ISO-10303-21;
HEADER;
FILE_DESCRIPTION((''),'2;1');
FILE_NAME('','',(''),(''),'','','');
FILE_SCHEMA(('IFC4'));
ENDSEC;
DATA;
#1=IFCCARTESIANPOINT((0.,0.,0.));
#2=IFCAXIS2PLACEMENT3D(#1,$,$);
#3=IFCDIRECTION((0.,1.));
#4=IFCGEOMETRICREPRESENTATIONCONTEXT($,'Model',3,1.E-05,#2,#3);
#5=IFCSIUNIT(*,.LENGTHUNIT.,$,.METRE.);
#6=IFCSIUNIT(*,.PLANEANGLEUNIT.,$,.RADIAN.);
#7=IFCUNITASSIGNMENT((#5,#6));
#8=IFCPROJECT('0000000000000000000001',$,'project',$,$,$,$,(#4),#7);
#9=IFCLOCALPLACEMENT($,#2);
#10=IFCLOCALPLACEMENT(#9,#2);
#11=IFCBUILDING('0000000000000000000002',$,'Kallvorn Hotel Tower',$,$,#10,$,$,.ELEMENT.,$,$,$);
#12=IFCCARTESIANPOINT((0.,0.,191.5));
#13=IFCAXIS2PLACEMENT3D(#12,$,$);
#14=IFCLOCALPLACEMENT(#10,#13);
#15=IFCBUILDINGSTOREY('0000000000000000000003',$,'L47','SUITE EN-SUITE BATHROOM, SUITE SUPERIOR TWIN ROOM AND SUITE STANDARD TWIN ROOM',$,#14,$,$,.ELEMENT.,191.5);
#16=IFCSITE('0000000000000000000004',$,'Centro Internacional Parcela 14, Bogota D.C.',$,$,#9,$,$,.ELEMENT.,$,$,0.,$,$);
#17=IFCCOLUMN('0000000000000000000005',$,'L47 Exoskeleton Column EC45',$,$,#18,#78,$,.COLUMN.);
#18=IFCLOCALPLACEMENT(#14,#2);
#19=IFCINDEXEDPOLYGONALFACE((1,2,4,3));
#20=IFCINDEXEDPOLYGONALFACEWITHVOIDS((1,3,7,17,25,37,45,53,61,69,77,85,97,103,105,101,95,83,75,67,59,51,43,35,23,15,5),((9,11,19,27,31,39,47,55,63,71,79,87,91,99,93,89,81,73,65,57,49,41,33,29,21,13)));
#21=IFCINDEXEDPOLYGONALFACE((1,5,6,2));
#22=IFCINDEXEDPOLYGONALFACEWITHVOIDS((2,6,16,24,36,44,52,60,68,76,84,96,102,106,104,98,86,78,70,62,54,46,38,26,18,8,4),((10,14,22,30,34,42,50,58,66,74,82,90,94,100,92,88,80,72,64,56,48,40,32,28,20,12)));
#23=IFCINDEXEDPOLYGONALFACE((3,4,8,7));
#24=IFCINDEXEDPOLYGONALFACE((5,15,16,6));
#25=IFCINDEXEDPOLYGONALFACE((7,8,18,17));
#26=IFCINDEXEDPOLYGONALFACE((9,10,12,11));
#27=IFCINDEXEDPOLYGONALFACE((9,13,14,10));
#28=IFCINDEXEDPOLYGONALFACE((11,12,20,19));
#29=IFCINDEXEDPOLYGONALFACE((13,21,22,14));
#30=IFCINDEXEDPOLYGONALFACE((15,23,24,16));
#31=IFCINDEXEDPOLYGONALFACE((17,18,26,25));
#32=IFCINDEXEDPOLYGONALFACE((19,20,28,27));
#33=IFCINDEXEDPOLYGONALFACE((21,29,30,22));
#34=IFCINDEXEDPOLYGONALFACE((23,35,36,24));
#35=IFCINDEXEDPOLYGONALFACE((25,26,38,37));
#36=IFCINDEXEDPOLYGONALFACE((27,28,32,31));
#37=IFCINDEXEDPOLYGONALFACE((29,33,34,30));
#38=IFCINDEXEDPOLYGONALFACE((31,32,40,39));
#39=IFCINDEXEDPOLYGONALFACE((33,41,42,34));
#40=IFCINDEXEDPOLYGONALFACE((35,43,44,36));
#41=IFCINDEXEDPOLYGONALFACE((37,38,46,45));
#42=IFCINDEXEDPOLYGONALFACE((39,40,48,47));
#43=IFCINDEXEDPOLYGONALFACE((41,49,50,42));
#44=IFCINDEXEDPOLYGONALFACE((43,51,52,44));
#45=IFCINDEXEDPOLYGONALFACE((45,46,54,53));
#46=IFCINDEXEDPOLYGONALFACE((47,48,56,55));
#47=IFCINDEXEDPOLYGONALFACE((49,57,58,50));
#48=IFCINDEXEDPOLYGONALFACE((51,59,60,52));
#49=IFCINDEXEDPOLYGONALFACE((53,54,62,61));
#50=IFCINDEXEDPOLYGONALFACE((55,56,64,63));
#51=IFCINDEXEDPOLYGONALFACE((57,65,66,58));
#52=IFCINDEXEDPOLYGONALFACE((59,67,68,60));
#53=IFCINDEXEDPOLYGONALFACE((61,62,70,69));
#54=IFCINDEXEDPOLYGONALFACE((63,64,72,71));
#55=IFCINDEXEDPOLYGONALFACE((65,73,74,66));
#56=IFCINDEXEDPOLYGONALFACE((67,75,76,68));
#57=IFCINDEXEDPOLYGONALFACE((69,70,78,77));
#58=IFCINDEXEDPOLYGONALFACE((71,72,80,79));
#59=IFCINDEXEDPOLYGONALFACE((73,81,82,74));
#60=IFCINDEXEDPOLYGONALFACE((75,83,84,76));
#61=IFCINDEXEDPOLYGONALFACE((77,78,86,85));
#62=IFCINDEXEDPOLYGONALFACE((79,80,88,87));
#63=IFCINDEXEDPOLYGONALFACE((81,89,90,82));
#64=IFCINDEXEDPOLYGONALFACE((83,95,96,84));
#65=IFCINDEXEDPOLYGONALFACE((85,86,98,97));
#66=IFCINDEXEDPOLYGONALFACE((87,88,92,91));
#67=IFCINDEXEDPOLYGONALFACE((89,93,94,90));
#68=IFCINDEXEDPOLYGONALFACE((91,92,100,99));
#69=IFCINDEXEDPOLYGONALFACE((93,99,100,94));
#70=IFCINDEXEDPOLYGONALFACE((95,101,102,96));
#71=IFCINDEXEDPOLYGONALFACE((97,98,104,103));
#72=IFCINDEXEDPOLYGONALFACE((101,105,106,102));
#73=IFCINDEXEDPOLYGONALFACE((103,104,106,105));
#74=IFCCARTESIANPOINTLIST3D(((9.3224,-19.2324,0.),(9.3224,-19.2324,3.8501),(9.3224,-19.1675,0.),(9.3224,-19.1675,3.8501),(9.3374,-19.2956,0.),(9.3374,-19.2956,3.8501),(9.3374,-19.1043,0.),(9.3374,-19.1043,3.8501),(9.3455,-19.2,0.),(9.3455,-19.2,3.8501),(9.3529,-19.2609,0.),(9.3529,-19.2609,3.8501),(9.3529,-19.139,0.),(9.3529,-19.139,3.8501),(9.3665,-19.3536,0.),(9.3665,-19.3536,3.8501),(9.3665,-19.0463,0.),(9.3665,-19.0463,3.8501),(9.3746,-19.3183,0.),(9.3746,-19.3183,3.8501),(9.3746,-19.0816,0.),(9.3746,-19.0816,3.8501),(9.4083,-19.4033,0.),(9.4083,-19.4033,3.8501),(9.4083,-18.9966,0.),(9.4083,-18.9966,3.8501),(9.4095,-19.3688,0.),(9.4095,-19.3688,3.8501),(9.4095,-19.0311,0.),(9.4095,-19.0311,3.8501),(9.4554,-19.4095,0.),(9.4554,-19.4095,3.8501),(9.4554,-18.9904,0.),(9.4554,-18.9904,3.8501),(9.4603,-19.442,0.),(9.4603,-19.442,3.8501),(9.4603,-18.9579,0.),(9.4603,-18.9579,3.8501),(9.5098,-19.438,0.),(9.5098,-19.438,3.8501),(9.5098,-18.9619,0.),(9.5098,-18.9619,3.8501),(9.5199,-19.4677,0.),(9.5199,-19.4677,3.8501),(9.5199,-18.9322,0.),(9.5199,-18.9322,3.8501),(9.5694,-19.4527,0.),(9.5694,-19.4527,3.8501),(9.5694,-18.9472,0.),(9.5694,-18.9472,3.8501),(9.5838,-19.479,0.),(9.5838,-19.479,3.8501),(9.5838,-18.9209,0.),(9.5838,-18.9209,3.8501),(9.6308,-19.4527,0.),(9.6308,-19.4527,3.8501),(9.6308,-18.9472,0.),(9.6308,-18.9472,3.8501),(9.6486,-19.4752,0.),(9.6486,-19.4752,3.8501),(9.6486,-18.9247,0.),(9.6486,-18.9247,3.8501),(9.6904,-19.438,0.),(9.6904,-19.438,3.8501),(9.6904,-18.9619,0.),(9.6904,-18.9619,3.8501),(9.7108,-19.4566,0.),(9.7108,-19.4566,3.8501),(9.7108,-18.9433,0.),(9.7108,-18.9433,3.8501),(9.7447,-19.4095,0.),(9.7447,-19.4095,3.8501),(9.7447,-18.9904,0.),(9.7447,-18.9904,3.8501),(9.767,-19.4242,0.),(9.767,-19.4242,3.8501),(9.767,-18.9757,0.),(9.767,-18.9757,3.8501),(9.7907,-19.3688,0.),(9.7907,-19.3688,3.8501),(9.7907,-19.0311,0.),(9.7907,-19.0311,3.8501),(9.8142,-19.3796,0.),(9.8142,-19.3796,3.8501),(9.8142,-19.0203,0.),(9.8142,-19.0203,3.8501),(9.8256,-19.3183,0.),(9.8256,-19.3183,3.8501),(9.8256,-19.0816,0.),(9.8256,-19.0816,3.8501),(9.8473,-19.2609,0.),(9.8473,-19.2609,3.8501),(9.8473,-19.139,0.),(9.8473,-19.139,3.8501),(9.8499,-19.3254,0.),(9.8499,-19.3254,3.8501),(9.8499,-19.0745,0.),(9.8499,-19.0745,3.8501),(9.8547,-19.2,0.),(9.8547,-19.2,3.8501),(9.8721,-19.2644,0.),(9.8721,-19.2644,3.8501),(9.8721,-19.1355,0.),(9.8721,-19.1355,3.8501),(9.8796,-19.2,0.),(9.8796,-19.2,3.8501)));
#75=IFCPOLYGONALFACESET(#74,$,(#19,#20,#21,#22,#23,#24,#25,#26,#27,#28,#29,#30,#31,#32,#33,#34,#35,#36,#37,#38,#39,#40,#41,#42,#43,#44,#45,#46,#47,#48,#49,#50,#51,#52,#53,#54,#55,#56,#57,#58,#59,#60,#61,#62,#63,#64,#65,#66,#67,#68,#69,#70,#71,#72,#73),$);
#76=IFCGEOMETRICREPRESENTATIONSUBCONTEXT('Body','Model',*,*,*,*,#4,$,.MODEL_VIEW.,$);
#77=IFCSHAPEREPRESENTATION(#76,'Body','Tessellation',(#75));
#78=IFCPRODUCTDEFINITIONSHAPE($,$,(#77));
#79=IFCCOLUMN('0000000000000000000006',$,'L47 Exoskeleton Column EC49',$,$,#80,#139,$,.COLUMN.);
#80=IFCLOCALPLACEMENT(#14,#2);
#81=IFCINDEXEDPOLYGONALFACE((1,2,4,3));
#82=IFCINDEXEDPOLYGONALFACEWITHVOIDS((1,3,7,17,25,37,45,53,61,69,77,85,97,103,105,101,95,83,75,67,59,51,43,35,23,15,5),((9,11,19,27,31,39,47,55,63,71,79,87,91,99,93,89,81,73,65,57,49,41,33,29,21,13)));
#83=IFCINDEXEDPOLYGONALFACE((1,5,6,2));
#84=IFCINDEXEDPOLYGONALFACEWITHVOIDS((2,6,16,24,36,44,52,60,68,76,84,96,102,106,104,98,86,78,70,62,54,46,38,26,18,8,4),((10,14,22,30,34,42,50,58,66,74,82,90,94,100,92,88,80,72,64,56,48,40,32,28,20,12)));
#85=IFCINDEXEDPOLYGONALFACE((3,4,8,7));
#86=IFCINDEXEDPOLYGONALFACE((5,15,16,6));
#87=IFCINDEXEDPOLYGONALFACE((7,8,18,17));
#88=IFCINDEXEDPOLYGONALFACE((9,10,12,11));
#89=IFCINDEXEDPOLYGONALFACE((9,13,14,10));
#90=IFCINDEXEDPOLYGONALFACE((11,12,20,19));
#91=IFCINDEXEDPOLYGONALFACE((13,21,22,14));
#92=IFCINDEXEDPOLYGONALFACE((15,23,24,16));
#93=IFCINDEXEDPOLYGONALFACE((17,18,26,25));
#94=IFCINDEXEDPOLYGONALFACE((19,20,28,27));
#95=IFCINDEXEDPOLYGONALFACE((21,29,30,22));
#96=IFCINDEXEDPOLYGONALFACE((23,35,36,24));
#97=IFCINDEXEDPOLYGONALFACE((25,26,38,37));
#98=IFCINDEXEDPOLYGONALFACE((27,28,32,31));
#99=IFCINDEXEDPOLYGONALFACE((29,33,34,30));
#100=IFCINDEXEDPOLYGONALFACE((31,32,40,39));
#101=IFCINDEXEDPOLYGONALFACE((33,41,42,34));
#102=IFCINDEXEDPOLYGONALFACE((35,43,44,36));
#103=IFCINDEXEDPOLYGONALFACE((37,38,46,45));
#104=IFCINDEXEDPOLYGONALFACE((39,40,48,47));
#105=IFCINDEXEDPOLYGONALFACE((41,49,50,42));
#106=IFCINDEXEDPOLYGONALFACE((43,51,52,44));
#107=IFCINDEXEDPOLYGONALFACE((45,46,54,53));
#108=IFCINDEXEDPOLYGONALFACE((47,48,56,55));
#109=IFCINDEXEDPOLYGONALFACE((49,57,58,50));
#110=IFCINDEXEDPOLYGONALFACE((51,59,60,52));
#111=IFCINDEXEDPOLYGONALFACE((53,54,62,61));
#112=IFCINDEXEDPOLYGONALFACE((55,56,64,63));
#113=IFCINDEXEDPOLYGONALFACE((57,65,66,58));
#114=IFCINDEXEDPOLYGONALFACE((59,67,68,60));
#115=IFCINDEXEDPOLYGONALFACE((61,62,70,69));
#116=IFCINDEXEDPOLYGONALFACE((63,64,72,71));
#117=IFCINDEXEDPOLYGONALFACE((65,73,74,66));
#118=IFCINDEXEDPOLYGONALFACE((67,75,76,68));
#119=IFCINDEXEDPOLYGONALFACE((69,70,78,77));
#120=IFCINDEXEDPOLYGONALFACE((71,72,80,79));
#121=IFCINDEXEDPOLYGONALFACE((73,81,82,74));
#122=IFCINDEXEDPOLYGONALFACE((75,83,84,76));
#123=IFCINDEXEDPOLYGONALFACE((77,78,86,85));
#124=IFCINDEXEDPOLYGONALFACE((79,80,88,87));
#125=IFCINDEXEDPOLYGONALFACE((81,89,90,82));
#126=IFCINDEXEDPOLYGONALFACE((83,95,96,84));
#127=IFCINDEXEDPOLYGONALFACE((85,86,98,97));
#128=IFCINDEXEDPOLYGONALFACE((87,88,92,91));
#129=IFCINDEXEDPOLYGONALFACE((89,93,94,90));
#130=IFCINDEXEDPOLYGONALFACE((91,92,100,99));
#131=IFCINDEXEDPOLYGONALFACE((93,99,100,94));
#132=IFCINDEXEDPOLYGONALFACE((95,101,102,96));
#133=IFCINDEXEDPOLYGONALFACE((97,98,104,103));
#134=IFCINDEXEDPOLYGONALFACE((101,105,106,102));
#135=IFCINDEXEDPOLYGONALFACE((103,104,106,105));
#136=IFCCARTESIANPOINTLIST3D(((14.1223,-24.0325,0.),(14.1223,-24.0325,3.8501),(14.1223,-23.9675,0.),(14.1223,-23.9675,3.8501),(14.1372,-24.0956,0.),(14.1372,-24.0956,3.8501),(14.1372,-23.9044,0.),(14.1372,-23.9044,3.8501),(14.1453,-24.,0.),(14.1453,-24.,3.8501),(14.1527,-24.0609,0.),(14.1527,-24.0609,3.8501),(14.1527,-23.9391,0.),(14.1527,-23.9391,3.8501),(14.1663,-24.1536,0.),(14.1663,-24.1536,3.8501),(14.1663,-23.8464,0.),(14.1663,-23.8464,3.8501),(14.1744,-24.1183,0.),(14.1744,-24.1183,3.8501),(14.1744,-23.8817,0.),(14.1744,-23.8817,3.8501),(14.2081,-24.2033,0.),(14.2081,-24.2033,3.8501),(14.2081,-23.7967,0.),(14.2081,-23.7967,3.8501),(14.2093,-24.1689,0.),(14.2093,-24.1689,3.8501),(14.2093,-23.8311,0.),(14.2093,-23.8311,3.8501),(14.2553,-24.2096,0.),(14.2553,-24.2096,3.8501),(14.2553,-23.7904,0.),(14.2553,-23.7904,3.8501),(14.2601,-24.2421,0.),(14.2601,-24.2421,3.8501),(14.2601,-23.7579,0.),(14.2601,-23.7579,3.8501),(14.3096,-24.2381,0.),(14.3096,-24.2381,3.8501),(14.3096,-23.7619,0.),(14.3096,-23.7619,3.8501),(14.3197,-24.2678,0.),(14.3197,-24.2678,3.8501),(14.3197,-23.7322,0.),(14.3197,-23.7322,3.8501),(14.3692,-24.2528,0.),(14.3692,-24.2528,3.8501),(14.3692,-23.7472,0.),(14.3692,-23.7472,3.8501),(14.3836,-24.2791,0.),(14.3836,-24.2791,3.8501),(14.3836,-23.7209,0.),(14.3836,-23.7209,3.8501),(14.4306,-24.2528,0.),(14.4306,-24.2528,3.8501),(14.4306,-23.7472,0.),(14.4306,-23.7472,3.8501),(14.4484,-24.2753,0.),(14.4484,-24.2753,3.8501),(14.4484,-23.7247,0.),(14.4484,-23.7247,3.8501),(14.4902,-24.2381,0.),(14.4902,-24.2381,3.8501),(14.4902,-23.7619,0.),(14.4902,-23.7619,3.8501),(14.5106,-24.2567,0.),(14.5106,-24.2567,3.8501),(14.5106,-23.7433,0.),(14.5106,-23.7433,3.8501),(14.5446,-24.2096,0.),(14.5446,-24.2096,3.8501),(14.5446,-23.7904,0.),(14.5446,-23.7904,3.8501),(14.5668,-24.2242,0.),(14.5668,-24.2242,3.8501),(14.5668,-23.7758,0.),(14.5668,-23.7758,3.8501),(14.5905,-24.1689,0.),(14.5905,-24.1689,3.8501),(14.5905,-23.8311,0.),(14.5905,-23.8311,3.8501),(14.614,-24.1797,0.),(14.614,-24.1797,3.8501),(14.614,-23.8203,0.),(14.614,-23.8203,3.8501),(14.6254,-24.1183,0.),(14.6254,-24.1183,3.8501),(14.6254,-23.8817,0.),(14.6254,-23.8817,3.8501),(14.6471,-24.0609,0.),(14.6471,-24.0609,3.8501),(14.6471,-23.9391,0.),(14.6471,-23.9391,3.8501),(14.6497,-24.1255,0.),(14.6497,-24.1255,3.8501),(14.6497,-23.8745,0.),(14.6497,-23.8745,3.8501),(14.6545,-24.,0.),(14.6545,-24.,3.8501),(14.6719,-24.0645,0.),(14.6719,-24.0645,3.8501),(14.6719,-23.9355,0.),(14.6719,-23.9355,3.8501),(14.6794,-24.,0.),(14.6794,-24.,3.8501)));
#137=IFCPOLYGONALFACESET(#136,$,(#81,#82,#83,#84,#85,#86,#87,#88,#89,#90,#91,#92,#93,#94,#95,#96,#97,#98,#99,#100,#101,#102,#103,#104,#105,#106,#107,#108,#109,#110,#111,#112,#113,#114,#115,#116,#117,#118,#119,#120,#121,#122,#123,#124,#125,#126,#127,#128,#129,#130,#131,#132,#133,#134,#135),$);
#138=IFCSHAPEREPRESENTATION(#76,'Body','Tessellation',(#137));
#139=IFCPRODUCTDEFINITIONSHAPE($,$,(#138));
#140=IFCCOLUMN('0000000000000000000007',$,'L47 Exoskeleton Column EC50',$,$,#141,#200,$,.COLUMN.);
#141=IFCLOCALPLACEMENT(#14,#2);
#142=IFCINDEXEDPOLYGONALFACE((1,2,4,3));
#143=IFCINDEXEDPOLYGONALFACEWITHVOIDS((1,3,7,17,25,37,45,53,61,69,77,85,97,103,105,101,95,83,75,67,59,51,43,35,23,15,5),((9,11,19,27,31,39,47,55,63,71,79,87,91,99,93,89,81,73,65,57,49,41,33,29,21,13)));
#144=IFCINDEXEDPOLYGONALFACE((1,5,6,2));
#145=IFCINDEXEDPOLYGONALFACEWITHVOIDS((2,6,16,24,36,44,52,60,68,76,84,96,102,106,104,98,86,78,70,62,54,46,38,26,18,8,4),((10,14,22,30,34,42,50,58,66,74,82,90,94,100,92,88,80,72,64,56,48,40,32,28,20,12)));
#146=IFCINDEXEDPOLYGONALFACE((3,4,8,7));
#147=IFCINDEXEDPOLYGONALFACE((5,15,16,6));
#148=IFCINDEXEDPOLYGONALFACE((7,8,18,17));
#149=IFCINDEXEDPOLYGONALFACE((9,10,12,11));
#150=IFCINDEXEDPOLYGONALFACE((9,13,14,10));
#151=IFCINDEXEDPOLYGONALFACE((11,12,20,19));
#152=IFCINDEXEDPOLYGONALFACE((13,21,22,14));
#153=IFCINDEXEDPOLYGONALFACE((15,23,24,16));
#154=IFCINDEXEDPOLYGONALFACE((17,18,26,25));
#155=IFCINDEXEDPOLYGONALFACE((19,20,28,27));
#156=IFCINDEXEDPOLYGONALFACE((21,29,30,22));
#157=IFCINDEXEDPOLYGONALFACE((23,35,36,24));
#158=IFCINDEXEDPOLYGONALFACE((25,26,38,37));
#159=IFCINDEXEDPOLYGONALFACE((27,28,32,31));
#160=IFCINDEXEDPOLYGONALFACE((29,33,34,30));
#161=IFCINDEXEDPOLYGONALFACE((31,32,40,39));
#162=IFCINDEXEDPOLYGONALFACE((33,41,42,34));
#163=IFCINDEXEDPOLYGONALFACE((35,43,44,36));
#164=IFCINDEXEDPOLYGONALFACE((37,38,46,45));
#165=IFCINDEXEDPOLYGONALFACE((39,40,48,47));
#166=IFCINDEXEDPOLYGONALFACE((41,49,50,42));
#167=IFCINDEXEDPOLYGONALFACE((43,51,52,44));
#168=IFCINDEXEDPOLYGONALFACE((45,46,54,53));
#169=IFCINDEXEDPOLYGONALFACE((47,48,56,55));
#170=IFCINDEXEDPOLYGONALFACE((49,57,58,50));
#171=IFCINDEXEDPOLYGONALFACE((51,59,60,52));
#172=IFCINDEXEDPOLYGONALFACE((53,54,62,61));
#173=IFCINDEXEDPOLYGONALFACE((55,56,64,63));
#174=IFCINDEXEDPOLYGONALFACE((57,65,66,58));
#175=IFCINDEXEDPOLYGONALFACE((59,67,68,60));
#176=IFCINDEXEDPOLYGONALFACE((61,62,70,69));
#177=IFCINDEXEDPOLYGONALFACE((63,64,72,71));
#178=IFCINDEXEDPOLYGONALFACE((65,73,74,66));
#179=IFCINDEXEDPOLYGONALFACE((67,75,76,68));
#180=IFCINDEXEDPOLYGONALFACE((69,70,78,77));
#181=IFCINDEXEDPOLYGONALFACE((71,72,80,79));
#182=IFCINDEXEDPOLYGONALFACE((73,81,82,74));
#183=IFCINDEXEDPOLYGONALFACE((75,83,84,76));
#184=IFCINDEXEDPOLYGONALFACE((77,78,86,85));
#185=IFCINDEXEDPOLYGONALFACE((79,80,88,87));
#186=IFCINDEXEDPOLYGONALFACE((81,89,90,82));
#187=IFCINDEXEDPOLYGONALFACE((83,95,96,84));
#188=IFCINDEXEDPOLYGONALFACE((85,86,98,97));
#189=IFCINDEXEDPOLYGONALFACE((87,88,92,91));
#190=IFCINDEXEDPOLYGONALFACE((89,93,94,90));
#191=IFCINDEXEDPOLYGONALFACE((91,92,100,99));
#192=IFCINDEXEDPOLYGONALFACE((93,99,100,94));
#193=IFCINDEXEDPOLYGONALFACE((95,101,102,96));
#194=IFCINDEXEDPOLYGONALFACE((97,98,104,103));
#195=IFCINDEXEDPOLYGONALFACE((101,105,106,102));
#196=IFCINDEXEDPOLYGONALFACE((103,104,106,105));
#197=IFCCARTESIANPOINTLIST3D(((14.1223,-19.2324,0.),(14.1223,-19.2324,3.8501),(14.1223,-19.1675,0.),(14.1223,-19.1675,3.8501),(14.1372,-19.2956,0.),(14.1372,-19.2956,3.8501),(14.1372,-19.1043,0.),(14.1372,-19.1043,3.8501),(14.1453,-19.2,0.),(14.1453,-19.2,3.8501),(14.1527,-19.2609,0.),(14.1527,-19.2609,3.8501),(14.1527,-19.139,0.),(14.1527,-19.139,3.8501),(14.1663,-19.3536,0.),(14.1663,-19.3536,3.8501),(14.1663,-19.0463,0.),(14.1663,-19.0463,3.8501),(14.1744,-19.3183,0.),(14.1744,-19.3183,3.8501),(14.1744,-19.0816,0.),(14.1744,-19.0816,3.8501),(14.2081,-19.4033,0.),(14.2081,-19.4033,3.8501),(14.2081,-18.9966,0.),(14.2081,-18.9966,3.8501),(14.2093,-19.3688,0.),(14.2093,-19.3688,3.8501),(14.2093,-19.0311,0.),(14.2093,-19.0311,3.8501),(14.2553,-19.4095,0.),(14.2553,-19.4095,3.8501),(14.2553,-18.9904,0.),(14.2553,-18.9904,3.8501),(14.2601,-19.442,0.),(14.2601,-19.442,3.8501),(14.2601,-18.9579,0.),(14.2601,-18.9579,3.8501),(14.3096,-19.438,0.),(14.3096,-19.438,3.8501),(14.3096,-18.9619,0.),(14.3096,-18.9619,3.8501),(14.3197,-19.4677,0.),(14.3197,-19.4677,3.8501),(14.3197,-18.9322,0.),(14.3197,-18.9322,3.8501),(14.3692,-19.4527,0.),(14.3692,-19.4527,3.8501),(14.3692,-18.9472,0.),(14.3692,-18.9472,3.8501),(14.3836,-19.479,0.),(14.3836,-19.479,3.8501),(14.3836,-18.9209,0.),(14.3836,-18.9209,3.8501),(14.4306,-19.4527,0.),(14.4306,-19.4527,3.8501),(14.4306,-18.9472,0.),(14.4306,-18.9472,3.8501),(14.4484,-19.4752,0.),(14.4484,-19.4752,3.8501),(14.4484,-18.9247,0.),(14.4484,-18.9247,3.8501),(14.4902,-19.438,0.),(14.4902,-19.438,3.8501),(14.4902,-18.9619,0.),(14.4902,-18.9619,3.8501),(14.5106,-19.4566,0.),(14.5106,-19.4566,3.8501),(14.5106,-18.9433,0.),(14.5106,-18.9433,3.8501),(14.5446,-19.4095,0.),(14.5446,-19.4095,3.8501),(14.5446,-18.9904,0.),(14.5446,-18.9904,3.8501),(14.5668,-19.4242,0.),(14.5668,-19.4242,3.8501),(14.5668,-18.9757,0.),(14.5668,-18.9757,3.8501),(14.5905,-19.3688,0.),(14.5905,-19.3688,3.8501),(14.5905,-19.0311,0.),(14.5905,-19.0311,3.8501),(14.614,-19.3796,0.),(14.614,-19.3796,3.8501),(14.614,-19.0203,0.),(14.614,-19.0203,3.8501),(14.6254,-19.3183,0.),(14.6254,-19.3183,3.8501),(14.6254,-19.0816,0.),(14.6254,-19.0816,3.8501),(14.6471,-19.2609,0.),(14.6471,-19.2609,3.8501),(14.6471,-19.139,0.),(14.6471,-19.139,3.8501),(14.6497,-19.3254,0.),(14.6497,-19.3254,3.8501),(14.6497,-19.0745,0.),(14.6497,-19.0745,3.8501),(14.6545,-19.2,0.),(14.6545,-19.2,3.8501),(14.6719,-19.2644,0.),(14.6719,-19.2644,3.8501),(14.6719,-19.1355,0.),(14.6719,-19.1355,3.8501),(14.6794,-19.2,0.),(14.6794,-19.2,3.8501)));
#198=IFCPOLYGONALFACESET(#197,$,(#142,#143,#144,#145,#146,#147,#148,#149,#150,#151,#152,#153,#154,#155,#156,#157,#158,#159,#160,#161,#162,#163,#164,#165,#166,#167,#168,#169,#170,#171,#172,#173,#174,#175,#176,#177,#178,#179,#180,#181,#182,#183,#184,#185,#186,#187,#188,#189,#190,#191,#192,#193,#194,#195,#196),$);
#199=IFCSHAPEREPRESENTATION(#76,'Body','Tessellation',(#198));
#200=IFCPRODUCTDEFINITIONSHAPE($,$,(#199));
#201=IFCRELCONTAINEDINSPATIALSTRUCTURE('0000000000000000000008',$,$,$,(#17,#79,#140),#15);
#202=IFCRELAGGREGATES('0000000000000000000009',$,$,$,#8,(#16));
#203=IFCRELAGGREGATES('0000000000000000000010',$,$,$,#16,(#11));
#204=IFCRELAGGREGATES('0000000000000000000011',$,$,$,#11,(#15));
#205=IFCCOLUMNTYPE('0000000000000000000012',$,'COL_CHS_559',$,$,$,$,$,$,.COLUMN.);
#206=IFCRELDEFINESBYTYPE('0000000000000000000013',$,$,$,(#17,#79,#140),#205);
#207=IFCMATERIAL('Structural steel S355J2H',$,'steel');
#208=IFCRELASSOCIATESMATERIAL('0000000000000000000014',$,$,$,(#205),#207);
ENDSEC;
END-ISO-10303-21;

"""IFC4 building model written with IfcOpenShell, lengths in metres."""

from ifc_helpers import new_model, si_unit, direction, frame, origin, origin_2d, place, context, subcontext, project, spatial, hollow_circle, extrude, material, material_profile, profile_set, type_object, element, save


model = new_model("IFC4")

# Units and contexts
model_context = context("Model", 3, precision=1e-05, world=origin(), true_north=direction((0.0, 1.0)))
body_context = subcontext(model_context, "Body", "Model", "MODEL_VIEW")
ifc_project = project(units=[si_unit("LENGTHUNIT", "METRE"), si_unit("PLANEANGLEUNIT", "RADIAN")], contexts=[model_context])

# Site, building, storey
site_placement = place(None, origin())
site = spatial("IfcSite", under=ifc_project, at=site_placement, Name="Centro Internacional Parcela 14, Bogota D.C.", CompositionType="ELEMENT", RefElevation=0.0)
building_placement = place(site_placement, origin())
building = spatial("IfcBuilding", under=site, at=building_placement, Name="Kallvorn Hotel Tower", CompositionType="ELEMENT")
storey_placement = place(building_placement, frame((0.0, 0.0, 191.5)))
storey = spatial("IfcBuildingStorey", under=building, at=storey_placement, Name="L47", Description="SUITE EN-SUITE BATHROOM, SUITE SUPERIOR TWIN ROOM AND SUITE STANDARD TWIN ROOM", CompositionType="ELEMENT", Elevation=191.5)

# Columns
ifc_material_1 = material(Name="Structural steel S355J2H", Category="steel")
ifc_material_profile_1 = material_profile(ifc_material_1, hollow_circle(Radius=0.2795, WallThickness=0.0249, at=origin_2d()), Name="CHS 559x25")
ifc_profile_set_1 = profile_set([ifc_material_profile_1], Name="Structural steel S355J2H")
column_type_1 = type_object("IfcColumnType", Name="COL_CHS_559", PredefinedType="COLUMN", material=ifc_profile_set_1)
for number, where, z_axis, x_axis, name in (
    (1, (9.6001, -19.2, 0.0), (0.0, 0.0, 1.0), (1.0, 0.0, 0.0), "L47 Exoskeleton Column EC45"),
    (2, (14.3999, -24.0, 0.0), (0.0, 0.0, 1.0), (1.0, 0.0, 0.0), "L47 Exoskeleton Column EC49"),
    (3, (14.3999, -19.2, 0.0), (0.0, 0.0, 1.0), (1.0, 0.0, 0.0), "L47 Exoskeleton Column EC50"),
):
    element("IfcColumn", number, at=place(storey_placement, frame(where, z_axis=z_axis, x_axis=x_axis)), inside=storey, type_object=column_type_1, Name=name, PredefinedType="COLUMN", context=body_context, shape_type="SweptSolid", body=[
        extrude(hollow_circle(Radius=0.2795, WallThickness=0.0249, at=origin_2d()), origin(), (0.0, 0.0, 1.0), 3.8501),
    ])

save(model, "model.ifc")
